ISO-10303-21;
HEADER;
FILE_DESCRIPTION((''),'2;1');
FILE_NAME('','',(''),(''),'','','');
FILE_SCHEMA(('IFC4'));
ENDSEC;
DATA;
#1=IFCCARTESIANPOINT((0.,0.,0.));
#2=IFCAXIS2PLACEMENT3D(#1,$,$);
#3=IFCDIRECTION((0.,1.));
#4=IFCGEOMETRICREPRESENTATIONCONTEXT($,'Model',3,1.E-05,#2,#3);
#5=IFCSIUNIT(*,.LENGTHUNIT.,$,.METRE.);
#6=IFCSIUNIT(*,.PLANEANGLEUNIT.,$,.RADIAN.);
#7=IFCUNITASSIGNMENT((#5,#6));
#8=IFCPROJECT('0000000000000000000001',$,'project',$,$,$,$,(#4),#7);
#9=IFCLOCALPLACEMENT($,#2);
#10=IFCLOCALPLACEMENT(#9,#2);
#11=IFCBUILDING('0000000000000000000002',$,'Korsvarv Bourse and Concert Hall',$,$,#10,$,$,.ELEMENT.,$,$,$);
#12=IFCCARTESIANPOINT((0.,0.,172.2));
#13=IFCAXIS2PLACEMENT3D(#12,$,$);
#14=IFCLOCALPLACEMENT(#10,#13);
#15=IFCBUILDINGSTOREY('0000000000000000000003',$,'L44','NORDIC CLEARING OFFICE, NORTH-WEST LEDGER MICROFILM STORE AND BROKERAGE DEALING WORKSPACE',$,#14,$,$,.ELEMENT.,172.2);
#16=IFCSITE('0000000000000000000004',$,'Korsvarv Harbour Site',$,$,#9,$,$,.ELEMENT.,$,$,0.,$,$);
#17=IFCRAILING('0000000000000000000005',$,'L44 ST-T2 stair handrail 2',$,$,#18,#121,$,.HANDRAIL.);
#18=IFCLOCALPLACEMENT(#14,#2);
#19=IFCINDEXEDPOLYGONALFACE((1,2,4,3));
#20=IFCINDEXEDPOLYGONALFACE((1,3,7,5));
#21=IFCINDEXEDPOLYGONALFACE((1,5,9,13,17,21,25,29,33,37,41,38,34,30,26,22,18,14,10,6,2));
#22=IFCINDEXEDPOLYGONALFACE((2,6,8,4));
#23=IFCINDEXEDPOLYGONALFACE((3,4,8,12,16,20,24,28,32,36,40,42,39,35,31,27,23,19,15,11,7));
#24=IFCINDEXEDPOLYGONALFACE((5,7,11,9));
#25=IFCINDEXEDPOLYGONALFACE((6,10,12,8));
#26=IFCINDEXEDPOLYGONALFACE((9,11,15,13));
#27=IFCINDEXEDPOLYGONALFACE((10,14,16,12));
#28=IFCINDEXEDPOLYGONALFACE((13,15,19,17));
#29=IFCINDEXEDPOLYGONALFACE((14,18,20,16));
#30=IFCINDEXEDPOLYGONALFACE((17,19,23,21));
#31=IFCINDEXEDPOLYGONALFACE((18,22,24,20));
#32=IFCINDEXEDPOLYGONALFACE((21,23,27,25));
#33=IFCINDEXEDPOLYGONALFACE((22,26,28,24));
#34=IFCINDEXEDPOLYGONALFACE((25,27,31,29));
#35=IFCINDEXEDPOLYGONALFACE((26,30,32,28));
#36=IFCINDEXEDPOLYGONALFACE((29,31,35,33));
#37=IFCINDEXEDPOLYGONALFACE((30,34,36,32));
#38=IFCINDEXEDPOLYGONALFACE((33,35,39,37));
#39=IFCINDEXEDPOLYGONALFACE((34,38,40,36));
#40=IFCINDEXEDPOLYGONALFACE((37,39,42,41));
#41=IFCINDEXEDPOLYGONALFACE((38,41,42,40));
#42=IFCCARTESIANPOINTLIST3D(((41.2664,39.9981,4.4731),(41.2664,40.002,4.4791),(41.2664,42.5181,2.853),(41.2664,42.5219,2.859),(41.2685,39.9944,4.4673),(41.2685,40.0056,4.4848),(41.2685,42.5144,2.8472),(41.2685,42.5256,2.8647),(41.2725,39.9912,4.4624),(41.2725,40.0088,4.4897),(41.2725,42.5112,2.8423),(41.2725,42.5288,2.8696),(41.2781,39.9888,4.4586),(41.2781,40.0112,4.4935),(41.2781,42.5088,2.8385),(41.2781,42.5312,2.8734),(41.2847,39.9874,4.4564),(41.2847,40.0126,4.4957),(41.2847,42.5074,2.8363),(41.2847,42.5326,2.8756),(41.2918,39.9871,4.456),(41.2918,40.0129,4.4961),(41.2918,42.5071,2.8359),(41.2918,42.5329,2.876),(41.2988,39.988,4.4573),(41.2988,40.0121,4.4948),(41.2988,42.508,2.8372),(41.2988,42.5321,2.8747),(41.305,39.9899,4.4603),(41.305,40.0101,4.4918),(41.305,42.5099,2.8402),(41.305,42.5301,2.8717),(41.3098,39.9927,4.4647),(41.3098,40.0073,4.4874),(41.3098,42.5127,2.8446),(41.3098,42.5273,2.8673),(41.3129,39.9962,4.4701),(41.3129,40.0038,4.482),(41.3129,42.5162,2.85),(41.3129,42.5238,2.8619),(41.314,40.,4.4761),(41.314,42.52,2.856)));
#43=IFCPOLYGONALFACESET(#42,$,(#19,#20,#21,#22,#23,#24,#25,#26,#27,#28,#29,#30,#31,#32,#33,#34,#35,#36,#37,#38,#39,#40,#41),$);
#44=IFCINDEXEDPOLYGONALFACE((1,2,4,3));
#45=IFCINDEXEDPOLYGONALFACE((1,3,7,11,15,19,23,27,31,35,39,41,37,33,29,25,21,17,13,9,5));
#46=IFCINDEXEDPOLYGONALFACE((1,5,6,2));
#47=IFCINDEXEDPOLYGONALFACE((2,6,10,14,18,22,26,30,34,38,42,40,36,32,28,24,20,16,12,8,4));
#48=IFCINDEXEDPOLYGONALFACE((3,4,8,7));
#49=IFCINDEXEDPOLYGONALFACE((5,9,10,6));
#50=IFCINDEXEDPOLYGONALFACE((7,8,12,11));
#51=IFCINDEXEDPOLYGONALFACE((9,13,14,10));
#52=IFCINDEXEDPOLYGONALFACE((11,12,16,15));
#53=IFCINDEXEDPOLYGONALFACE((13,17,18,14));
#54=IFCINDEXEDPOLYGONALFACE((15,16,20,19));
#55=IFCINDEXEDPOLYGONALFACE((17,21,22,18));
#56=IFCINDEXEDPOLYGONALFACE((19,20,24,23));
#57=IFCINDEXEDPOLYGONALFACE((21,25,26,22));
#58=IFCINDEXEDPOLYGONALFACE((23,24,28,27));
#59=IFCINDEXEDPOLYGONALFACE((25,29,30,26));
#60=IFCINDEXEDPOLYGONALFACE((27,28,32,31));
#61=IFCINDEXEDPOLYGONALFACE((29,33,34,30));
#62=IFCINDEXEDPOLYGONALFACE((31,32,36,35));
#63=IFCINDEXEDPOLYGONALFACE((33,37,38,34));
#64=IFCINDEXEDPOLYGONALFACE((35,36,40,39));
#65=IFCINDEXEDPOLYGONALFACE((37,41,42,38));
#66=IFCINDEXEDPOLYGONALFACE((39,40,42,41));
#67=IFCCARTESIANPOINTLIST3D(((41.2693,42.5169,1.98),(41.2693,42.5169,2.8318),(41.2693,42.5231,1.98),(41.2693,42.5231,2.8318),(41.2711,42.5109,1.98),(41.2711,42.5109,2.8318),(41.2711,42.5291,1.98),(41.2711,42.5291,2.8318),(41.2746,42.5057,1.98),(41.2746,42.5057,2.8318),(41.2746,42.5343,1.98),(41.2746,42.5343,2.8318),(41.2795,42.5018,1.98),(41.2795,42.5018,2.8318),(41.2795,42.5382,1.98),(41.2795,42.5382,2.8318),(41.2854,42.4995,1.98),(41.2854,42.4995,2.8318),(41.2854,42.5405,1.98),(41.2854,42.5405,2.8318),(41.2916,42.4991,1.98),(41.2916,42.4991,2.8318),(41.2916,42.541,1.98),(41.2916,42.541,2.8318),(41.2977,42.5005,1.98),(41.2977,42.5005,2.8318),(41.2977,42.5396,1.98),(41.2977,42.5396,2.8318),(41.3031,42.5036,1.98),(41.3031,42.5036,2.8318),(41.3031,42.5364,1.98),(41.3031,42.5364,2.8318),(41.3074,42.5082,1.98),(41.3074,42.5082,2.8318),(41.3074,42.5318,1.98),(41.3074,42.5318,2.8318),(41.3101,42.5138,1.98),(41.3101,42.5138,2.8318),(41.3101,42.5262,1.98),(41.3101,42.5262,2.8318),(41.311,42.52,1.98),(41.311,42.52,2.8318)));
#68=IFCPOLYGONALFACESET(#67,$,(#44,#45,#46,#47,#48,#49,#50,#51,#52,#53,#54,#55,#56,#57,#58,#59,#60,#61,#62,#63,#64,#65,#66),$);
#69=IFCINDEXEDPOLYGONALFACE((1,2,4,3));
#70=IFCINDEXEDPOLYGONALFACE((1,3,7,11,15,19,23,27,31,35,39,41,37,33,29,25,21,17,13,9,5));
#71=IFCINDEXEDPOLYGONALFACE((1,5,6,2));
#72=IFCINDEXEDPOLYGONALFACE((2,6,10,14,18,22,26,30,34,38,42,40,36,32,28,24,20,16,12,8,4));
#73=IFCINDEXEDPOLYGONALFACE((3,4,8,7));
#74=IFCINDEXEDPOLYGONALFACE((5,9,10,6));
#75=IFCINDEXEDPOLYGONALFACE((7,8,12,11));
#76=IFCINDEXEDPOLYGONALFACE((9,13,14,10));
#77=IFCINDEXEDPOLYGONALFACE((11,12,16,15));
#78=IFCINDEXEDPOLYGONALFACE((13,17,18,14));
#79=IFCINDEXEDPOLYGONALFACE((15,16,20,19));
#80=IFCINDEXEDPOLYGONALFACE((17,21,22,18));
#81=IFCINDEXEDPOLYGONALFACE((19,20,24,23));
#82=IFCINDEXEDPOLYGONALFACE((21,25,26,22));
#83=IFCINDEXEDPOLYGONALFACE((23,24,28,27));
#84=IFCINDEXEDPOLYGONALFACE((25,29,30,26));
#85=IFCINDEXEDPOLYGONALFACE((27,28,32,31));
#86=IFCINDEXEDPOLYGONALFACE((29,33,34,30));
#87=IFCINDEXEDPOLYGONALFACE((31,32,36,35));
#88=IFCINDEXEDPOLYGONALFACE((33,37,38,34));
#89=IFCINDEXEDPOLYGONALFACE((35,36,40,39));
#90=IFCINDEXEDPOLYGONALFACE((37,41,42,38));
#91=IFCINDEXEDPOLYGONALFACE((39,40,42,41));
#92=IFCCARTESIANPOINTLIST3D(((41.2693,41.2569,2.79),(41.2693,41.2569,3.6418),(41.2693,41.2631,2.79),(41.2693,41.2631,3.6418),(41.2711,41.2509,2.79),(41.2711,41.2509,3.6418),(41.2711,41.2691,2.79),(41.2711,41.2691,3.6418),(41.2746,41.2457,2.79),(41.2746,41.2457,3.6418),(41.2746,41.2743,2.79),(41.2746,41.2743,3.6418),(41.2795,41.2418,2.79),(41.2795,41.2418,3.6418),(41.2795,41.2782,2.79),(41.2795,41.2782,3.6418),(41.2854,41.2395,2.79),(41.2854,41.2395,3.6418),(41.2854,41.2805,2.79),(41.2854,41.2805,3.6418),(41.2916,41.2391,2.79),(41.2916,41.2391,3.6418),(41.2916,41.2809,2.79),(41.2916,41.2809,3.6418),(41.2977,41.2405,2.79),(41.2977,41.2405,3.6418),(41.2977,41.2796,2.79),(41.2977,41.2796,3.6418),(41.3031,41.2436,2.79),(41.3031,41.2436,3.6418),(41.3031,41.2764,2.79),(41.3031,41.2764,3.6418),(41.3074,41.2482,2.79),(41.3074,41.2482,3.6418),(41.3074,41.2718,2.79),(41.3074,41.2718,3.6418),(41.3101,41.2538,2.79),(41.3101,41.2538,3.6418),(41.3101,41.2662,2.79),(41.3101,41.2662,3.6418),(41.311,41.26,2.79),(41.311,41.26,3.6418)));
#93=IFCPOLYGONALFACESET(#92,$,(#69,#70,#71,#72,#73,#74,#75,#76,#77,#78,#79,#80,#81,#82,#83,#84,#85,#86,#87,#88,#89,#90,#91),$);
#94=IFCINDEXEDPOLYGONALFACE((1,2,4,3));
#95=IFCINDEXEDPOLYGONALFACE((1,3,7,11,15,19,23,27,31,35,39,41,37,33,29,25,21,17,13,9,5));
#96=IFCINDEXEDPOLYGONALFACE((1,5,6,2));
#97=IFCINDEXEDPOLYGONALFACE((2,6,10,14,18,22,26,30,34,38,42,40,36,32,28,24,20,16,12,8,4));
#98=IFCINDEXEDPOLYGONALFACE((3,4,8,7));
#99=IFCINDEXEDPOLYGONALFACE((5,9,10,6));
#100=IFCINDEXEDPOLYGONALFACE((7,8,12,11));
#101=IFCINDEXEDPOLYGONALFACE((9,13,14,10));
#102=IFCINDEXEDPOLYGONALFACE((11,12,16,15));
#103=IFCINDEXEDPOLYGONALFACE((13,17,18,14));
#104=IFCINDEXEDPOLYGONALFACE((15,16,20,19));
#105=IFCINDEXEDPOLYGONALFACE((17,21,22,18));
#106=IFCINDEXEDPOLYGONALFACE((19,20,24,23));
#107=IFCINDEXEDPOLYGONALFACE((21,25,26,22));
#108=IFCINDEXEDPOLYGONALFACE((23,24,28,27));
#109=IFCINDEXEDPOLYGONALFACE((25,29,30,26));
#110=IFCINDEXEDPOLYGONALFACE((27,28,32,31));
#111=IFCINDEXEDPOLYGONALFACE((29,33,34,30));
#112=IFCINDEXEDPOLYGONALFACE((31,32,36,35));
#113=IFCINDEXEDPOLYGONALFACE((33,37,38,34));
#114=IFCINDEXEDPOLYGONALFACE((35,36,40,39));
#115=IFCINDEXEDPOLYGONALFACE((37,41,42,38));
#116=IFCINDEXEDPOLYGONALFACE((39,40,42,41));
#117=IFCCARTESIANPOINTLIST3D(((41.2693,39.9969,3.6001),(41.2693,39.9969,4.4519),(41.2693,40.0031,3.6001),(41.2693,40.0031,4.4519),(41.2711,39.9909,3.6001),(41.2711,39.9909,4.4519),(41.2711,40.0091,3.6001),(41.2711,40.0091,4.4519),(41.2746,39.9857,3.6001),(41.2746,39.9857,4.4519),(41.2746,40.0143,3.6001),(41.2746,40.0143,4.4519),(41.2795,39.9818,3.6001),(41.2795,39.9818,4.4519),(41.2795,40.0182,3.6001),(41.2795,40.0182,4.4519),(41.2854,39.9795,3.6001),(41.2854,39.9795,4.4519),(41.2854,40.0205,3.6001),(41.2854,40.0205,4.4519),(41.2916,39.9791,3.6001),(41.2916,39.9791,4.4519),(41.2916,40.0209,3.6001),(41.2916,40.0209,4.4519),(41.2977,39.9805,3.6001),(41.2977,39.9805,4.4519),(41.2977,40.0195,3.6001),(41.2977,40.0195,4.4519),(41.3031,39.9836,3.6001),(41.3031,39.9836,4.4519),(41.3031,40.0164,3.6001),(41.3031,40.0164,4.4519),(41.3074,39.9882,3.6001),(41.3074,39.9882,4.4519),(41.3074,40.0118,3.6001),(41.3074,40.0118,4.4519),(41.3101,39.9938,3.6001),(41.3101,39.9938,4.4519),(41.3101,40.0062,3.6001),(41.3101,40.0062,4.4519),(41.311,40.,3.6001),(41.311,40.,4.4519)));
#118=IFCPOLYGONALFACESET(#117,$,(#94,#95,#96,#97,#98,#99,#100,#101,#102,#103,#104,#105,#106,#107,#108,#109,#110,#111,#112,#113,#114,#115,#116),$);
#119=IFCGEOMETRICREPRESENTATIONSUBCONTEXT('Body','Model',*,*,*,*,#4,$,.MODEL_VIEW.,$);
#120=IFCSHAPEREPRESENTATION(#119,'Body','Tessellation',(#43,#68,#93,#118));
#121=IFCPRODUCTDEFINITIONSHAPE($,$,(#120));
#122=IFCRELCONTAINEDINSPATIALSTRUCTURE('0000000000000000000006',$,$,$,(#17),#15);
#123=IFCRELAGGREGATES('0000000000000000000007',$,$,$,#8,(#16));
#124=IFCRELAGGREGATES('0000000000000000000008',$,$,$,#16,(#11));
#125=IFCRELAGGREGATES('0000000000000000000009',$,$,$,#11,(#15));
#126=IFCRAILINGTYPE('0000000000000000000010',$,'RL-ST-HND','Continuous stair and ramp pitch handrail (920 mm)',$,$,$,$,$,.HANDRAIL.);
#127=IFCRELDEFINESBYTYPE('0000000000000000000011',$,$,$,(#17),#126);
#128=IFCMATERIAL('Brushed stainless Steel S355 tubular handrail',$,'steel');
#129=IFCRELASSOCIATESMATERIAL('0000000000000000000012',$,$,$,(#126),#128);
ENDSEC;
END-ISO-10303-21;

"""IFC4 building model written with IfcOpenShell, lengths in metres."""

from ifc_helpers import new_model, si_unit, direction, frame, origin, origin_2d, place, context, subcontext, project, spatial, circle, extrude, material, type_object, element, save


model = new_model("IFC4")

# Units and contexts
model_context = context("Model", 3, precision=1e-05, world=origin(), true_north=direction((0.0, 1.0)))
body_context = subcontext(model_context, "Body", "Model", "MODEL_VIEW")
ifc_project = project(units=[si_unit("LENGTHUNIT", "METRE"), si_unit("PLANEANGLEUNIT", "RADIAN")], contexts=[model_context])

# Site, building, storey
site_placement = place(None, origin())
site = spatial("IfcSite", under=ifc_project, at=site_placement, Name="Korsvarv Harbour Site", CompositionType="ELEMENT", RefElevation=0.0)
building_placement = place(site_placement, origin())
building = spatial("IfcBuilding", under=site, at=building_placement, Name="Korsvarv Bourse and Concert Hall", CompositionType="ELEMENT")
storey_placement = place(building_placement, frame((0.0, 0.0, 172.2)))
storey = spatial("IfcBuildingStorey", under=building, at=storey_placement, Name="L44", Description="NORDIC CLEARING OFFICE, NORTH-WEST LEDGER MICROFILM STORE AND BROKERAGE DEALING WORKSPACE", CompositionType="ELEMENT", Elevation=172.2)

# Railing
ifc_material_1 = material(Name="Brushed stainless Steel S355 tubular handrail", Category="steel")
railing_type = type_object("IfcRailingType", Name="RL-ST-HND", Description="Continuous stair and ramp pitch handrail (920 mm)", PredefinedType="HANDRAIL", material=ifc_material_1)
railing_placement = place(storey_placement, frame((41.29, 42.52, 1.98)))
element("IfcRailing", 1, at=railing_placement, inside=storey, type_object=railing_type, Name="L44 ST-T2 stair handrail 2", PredefinedType="HANDRAIL", context=body_context, shape_type="SweptSolid", body=[
    extrude(circle(Radius=0.0239, at=origin_2d()), frame((0.0, 0.0, 0.876), z_axis=(0.0, -0.841163, 0.540782), x_axis=(1.0, 0.0, 0.0)), (0.0, 0.0, 1.0), 2.9958),
    extrude(circle(Radius=0.021, at=origin_2d()), origin(), (0.0, 0.0, 1.0), 0.8518),
    extrude(circle(Radius=0.021, at=origin_2d()), frame((0.0, -1.26, 0.8101)), (0.0, 0.0, 1.0), 0.8518),
    extrude(circle(Radius=0.021, at=origin_2d()), frame((0.0, -2.52, 1.6201)), (0.0, 0.0, 1.0), 0.8518),
])

save(model, "model.ifc")
